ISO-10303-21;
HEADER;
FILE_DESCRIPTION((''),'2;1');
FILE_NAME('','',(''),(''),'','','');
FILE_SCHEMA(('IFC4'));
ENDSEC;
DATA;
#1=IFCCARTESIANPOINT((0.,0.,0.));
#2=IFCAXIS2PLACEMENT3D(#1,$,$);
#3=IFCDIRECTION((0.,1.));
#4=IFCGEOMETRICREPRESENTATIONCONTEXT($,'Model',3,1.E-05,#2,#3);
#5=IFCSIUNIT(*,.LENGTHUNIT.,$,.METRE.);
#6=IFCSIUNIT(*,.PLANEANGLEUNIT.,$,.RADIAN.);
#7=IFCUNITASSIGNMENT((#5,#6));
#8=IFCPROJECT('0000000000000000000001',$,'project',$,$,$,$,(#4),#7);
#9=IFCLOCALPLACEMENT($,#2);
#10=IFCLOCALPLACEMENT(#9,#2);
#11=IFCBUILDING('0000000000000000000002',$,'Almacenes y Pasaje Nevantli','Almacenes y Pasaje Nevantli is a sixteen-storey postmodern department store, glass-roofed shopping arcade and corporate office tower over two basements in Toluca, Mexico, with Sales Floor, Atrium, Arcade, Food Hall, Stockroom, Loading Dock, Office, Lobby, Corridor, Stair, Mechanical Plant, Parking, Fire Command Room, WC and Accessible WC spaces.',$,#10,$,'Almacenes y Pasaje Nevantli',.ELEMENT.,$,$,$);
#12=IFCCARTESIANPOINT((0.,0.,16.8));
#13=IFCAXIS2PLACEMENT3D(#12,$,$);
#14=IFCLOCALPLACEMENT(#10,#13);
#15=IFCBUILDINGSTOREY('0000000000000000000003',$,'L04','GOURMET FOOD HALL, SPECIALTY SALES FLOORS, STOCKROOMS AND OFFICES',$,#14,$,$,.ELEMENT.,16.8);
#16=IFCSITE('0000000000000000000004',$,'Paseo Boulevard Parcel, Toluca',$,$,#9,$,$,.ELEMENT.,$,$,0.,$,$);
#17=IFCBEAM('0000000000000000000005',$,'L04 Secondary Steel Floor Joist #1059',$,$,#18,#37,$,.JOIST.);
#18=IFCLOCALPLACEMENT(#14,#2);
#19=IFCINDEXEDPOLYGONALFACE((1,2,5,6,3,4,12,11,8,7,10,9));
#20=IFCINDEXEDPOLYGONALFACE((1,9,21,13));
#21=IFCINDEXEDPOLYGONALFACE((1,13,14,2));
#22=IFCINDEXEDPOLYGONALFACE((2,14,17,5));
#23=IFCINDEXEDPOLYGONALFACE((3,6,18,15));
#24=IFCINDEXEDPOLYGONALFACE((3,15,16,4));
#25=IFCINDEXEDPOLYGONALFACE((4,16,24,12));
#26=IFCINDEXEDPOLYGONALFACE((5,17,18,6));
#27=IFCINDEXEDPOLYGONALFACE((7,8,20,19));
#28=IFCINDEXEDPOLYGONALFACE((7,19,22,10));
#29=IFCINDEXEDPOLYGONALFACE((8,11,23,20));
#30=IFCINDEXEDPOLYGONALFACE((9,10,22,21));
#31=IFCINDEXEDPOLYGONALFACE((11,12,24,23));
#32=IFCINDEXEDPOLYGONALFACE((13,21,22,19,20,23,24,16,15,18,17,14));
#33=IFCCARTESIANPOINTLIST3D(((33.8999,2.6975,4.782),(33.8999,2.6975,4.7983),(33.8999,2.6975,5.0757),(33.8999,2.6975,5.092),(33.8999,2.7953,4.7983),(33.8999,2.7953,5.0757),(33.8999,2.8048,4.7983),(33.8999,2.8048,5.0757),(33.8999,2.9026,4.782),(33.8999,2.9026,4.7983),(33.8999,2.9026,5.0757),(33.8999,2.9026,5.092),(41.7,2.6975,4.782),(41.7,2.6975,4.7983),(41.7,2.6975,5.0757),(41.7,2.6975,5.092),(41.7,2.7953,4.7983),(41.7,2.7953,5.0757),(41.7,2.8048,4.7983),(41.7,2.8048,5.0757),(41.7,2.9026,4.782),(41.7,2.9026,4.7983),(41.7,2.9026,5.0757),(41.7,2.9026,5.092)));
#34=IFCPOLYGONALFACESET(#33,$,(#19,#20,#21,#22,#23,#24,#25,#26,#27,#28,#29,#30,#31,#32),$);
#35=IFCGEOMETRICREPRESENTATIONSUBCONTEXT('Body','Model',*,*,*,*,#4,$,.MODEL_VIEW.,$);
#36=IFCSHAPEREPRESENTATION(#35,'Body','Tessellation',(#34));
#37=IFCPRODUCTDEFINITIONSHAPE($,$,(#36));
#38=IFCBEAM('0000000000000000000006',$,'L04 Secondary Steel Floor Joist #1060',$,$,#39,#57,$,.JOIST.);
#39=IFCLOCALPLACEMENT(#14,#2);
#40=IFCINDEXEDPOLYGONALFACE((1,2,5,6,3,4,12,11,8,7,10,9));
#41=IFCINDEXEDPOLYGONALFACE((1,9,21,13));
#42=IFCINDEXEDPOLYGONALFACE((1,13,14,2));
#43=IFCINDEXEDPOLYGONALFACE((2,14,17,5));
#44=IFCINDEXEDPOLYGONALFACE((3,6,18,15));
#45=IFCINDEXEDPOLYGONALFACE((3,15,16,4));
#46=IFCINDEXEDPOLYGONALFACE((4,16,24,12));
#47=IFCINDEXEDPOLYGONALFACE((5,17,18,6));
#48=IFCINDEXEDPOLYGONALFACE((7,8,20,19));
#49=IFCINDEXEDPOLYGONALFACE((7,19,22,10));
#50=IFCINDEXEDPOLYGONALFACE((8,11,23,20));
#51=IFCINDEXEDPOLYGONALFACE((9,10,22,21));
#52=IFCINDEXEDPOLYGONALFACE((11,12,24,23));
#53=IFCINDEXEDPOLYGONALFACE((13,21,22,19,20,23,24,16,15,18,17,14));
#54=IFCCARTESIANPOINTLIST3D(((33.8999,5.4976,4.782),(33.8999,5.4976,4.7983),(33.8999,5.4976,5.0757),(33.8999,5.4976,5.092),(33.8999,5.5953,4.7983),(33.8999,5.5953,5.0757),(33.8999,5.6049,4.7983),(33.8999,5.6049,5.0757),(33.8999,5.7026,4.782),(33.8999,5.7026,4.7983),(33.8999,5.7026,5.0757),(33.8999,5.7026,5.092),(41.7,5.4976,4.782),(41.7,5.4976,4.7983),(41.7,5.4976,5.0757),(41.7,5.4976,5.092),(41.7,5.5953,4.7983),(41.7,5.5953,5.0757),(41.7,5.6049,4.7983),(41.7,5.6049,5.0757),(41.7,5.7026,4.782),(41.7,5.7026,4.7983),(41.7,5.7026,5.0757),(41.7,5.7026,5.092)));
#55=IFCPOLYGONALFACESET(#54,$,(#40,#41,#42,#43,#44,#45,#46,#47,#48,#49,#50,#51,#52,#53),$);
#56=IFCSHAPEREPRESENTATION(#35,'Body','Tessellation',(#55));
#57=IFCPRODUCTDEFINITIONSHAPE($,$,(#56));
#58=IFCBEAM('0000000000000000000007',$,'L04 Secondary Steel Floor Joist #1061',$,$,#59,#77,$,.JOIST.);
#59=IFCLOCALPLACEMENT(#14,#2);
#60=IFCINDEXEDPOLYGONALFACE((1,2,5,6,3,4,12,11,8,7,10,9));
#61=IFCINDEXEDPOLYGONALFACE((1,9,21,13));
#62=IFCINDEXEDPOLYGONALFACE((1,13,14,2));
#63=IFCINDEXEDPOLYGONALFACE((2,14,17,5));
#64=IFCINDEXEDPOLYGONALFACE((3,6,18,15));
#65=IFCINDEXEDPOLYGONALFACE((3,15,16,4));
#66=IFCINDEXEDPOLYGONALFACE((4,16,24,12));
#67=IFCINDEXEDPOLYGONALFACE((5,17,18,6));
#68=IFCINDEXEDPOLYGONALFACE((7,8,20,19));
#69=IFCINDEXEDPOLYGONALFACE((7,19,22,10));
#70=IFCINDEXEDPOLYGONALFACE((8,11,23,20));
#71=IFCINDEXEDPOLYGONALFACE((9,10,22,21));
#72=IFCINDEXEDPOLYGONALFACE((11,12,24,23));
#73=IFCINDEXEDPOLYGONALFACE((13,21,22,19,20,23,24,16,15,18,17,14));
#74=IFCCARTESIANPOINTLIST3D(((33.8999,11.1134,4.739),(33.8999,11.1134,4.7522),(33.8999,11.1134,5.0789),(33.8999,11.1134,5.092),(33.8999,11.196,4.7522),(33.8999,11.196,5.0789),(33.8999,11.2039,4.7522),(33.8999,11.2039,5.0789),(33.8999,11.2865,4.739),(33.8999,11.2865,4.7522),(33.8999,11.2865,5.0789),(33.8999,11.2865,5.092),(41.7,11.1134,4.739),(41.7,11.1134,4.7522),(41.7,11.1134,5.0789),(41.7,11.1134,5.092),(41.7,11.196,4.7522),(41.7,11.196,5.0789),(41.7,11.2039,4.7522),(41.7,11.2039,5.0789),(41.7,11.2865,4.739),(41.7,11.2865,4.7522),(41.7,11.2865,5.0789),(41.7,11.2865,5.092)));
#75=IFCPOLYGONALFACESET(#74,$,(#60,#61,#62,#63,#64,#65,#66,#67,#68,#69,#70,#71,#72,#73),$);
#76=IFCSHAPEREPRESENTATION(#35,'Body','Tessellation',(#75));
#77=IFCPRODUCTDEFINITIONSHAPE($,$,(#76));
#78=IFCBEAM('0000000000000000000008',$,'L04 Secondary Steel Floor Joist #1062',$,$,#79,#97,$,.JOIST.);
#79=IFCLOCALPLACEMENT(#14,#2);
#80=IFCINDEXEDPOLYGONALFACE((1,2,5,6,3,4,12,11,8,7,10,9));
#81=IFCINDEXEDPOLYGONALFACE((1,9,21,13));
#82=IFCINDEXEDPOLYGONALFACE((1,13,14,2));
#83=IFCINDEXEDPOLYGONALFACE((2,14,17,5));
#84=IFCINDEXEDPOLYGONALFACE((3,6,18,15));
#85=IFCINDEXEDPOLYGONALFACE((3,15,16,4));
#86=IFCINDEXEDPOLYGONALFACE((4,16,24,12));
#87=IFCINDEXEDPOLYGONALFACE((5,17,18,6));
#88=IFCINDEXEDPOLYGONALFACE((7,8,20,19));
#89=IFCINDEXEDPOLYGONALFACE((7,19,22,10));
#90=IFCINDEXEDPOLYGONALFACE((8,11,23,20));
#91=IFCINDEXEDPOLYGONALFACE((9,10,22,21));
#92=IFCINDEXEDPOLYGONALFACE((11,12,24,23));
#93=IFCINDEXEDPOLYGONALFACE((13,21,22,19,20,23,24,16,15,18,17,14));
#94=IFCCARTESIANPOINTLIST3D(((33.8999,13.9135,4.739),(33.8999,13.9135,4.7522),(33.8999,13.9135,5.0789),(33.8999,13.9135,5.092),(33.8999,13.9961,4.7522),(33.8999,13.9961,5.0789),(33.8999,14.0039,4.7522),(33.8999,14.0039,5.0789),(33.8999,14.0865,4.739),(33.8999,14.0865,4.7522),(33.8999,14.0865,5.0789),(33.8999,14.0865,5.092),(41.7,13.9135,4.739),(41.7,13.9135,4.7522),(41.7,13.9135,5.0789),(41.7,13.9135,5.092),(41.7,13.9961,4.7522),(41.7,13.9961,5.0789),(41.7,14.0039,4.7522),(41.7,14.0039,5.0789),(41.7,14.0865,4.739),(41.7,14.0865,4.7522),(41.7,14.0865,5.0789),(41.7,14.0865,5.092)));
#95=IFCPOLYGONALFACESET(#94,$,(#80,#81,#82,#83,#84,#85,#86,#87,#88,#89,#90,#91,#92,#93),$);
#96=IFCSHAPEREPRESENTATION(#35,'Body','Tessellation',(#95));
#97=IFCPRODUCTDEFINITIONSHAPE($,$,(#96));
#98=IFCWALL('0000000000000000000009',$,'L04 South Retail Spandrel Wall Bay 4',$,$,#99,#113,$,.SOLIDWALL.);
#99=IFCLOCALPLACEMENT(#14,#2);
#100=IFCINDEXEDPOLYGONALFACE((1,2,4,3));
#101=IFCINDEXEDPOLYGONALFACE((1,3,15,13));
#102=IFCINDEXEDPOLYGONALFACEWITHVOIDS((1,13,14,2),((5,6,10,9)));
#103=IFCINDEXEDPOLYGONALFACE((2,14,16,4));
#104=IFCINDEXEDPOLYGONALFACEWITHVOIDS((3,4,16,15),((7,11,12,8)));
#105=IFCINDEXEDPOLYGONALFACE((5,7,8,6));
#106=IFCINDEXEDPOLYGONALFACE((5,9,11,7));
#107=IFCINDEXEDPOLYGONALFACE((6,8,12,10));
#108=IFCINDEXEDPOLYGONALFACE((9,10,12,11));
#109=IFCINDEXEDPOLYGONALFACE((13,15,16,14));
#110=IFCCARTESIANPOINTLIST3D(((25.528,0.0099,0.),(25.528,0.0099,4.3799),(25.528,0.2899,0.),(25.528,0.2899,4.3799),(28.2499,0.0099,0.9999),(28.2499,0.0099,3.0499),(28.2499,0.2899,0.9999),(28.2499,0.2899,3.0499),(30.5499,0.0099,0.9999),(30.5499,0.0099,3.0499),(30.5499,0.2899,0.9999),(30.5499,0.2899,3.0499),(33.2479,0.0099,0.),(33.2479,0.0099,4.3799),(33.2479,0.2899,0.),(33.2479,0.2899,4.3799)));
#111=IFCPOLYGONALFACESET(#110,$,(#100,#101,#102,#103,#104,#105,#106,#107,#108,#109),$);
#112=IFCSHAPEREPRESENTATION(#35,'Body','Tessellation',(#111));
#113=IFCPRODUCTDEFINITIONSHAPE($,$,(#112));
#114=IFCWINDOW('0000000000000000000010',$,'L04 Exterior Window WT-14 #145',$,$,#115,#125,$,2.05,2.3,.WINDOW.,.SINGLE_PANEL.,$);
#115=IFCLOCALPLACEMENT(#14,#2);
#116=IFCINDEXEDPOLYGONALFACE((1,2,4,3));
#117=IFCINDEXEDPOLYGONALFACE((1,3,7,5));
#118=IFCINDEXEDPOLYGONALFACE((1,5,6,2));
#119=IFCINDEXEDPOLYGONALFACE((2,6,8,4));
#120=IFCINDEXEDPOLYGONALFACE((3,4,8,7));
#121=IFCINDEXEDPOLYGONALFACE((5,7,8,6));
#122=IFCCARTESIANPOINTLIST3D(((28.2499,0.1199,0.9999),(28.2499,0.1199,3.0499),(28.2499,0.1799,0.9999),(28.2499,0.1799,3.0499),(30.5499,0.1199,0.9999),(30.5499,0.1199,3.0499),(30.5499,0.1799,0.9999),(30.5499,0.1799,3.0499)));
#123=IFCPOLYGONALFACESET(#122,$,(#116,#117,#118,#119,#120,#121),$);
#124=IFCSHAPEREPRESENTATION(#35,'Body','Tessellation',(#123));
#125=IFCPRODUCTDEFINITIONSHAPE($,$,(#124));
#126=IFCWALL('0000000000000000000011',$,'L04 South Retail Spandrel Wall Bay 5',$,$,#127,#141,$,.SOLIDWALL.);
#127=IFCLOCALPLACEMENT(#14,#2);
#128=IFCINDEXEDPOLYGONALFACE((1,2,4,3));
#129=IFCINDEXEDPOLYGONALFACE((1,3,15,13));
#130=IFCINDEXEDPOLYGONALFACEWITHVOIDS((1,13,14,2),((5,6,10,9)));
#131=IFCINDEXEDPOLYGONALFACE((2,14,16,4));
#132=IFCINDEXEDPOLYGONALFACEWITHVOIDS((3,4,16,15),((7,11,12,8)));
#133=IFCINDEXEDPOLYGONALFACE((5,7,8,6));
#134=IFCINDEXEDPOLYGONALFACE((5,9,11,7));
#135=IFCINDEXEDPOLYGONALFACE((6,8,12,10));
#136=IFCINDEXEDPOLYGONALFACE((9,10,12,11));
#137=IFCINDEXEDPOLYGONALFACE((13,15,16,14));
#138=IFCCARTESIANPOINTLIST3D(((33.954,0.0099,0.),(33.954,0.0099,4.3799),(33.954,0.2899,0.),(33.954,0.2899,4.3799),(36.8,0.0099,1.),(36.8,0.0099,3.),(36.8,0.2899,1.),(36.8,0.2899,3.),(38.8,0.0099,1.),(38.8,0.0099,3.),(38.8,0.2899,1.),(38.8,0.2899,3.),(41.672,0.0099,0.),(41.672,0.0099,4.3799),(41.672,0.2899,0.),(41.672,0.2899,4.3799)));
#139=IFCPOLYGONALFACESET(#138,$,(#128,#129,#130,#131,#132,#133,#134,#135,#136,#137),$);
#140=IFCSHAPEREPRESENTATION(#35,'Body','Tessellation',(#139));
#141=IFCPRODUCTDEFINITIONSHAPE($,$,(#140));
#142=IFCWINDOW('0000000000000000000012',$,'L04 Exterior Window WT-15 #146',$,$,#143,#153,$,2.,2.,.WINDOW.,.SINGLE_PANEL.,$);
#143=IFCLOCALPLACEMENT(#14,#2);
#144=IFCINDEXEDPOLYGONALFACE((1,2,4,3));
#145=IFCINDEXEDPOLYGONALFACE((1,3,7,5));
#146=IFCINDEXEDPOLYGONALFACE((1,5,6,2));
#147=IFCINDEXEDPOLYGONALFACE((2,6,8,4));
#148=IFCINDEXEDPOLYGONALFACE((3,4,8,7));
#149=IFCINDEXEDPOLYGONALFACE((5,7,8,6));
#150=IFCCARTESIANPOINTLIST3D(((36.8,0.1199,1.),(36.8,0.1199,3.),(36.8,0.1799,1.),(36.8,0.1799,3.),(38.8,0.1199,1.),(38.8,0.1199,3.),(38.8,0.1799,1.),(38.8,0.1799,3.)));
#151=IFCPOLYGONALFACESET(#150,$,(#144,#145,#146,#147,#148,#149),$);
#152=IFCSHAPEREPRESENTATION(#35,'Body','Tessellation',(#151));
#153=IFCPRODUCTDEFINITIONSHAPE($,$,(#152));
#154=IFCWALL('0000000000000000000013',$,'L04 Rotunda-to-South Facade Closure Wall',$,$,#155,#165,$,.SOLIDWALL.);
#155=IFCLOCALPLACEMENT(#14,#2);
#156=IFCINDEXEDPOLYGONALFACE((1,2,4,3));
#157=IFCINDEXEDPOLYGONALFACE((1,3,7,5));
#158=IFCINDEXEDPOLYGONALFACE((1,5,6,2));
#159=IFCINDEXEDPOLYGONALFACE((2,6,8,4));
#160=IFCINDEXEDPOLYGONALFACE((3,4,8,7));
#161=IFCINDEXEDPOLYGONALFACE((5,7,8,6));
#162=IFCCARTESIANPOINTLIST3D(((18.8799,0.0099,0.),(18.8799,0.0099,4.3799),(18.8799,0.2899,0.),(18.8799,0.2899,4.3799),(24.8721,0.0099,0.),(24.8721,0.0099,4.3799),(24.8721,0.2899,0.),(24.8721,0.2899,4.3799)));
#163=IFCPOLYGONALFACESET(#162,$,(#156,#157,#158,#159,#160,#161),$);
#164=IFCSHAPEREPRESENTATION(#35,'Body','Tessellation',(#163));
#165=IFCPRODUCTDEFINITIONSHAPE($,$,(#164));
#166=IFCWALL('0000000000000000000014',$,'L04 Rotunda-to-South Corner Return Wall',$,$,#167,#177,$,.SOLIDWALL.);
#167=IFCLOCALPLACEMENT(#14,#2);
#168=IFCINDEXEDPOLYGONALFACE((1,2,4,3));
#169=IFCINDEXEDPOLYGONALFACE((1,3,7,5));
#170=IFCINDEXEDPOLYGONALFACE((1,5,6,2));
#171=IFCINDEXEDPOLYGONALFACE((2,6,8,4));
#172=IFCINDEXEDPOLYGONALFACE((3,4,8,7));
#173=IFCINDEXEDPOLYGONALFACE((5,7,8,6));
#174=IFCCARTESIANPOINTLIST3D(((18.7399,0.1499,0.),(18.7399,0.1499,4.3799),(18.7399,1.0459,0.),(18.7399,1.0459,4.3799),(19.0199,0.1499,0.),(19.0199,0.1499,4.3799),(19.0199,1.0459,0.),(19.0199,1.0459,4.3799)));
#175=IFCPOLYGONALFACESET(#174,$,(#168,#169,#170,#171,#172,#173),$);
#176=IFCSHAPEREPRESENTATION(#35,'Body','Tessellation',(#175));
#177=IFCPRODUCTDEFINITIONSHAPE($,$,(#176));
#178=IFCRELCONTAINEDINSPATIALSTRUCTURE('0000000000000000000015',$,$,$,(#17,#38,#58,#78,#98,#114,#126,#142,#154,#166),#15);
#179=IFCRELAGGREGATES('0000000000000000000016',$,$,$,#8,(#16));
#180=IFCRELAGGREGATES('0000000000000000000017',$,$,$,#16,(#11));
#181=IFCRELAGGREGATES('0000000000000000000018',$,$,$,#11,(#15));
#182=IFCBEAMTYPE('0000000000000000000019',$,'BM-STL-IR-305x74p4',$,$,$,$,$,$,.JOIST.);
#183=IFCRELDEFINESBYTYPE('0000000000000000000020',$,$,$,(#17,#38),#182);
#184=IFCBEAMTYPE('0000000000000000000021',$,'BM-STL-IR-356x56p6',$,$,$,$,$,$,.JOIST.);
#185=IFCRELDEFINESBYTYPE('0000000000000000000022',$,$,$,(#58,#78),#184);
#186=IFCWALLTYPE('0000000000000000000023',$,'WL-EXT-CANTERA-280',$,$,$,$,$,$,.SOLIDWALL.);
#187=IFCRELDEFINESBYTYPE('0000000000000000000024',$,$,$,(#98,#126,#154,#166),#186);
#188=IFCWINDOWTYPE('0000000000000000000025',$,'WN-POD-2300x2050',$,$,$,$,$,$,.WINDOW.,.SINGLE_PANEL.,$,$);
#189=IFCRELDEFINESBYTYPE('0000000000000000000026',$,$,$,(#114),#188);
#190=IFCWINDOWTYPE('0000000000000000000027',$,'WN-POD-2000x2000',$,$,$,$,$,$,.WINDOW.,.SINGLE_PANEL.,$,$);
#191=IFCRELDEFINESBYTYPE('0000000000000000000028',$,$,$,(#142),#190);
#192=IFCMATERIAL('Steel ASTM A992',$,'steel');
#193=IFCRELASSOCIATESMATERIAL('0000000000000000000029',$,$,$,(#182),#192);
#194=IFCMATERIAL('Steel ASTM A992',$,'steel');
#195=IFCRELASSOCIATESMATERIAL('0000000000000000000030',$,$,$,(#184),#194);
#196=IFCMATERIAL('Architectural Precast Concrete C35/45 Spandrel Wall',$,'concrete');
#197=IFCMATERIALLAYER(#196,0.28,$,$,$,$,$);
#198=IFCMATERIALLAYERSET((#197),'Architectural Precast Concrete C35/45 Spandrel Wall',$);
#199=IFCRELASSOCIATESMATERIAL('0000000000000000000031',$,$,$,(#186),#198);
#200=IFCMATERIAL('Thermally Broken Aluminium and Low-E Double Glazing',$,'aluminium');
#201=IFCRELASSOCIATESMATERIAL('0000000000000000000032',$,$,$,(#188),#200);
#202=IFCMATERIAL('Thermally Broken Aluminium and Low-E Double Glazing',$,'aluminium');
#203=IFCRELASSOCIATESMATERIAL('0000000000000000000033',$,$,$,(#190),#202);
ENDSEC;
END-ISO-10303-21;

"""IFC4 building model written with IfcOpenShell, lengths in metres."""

from ifc_helpers import new_model, si_unit, direction, frame, frame_2d, origin, origin_2d, place, context, subcontext, project, spatial, rectangle, i_section, extrude, material, layer, layer_set, material_profile, profile_set, type_object, element, fill, save


model = new_model("IFC4")

# Units and contexts
model_context = context("Model", 3, precision=1e-05, world=origin(), true_north=direction((0.0, 1.0)))
body_context = subcontext(model_context, "Body", "Model", "MODEL_VIEW")
ifc_project = project(units=[si_unit("LENGTHUNIT", "METRE"), si_unit("PLANEANGLEUNIT", "RADIAN")], contexts=[model_context])

# Site, building, storey
site_placement = place(None, origin())
site = spatial("IfcSite", under=ifc_project, at=site_placement, Name="Paseo Boulevard Parcel, Toluca", CompositionType="ELEMENT", RefElevation=0.0)
building_placement = place(site_placement, origin())
building = spatial("IfcBuilding", under=site, at=building_placement, Name="Almacenes y Pasaje Nevantli", Description="Almacenes y Pasaje Nevantli is a sixteen-storey postmodern department store, glass-roofed shopping arcade and corporate office tower over two basements in Toluca, Mexico, with Sales Floor, Atrium, Arcade, Food Hall, Stockroom, Loading Dock, Office, Lobby, Corridor, Stair, Mechanical Plant, Parking, Fire Command Room, WC and Accessible WC spaces.", LongName="Almacenes y Pasaje Nevantli", CompositionType="ELEMENT")
storey_placement = place(building_placement, frame((0.0, 0.0, 16.8)))
storey = spatial("IfcBuildingStorey", under=building, at=storey_placement, Name="L04", Description="GOURMET FOOD HALL, SPECIALTY SALES FLOORS, STOCKROOMS AND OFFICES", CompositionType="ELEMENT", Elevation=16.8)

# Beams
ifc_material_1 = material(Name="Steel ASTM A992", Category="steel")
ifc_material_profile_1 = material_profile(ifc_material_1, i_section(OverallWidth=0.2051, OverallDepth=0.3101, WebThickness=0.0095, FlangeThickness=0.0164, at=origin_2d()), Name="IR 305x74.4")
ifc_profile_set_1 = profile_set([ifc_material_profile_1], Name="Steel ASTM A992")
beam_type_1 = type_object("IfcBeamType", Name="BM-STL-IR-305x74p4", PredefinedType="JOIST", material=ifc_profile_set_1)
for number, where, z_axis, x_axis, name in (
    (1, (33.8999, 2.8, 4.937), (1.0, 0.0, 0.0), (0.0, 1.0, 0.0), "L04 Secondary Steel Floor Joist #1059"),
    (2, (33.8999, 5.6001, 4.937), (1.0, 0.0, 0.0), (0.0, 1.0, 0.0), "L04 Secondary Steel Floor Joist #1060"),
):
    element("IfcBeam", number, at=place(storey_placement, frame(where, z_axis=z_axis, x_axis=x_axis)), inside=storey, type_object=beam_type_1, Name=name, PredefinedType="JOIST", context=body_context, shape_type="SweptSolid", body=[
        extrude(i_section(OverallWidth=0.2051, OverallDepth=0.3101, WebThickness=0.0095, FlangeThickness=0.0164, at=origin_2d()), origin(), (0.0, 0.0, 1.0), 7.8),
    ])
ifc_material_2 = material(Name="Steel ASTM A992", Category="steel")
ifc_material_profile_2 = material_profile(ifc_material_2, i_section(OverallWidth=0.1731, OverallDepth=0.353, WebThickness=0.0078, FlangeThickness=0.0132, at=origin_2d()), Name="IR 356x56.6")
ifc_profile_set_2 = profile_set([ifc_material_profile_2], Name="Steel ASTM A992")
beam_type_2 = type_object("IfcBeamType", Name="BM-STL-IR-356x56p6", PredefinedType="JOIST", material=ifc_profile_set_2)
for number, where, z_axis, x_axis, name in (
    (3, (33.8999, 11.2, 4.9155), (1.0, 0.0, 0.0), (0.0, 1.0, 0.0), "L04 Secondary Steel Floor Joist #1061"),
    (4, (33.8999, 14.0, 4.9155), (1.0, 0.0, 0.0), (0.0, 1.0, 0.0), "L04 Secondary Steel Floor Joist #1062"),
):
    element("IfcBeam", number, at=place(storey_placement, frame(where, z_axis=z_axis, x_axis=x_axis)), inside=storey, type_object=beam_type_2, Name=name, PredefinedType="JOIST", context=body_context, shape_type="SweptSolid", body=[
        extrude(i_section(OverallWidth=0.1731, OverallDepth=0.353, WebThickness=0.0078, FlangeThickness=0.0132, at=origin_2d()), origin(), (0.0, 0.0, 1.0), 7.8),
    ])

# Walls, openings, windows
ifc_material_3 = material(Name="Architectural Precast Concrete C35/45 Spandrel Wall", Category="concrete")
ifc_layer = layer(ifc_material_3, 0.28)
ifc_layer_set = layer_set([ifc_layer], Name="Architectural Precast Concrete C35/45 Spandrel Wall")
wall_type = type_object("IfcWallType", Name="WL-EXT-CANTERA-280", PredefinedType="SOLIDWALL", material=ifc_layer_set)
wall_1_placement = place(storey_placement, frame((25.5281, 0.1499, 0.0), z_axis=(0.0, 0.0, 1.0), x_axis=(1.0, 0.0, 0.0)))
wall_1 = element("IfcWall", 5, at=wall_1_placement, inside=storey, type_object=wall_type, Name="L04 South Retail Spandrel Wall Bay 4", PredefinedType="SOLIDWALL", context=body_context, shape_type="SweptSolid", body=[
    extrude(rectangle(XDim=7.72, YDim=0.28, at=frame_2d((3.8599, 0.0))), origin(), (0.0, 0.0, 1.0), 4.3799),
])
opening_1_placement = place(wall_1_placement, frame((2.7219, 0.0, 1.0)))
opening_1 = element("IfcOpeningElement", 6, at=opening_1_placement, cuts=wall_1, PredefinedType="OPENING", context=body_context, shape_type="SweptSolid", body=[
    extrude(rectangle(XDim=2.3, YDim=2.05, at=frame_2d((1.1499, 1.0249))), frame((0.0, 0.1499, 0.0), z_axis=(0.0, -1.0, 0.0), x_axis=(1.0, 0.0, 0.0)), (0.0, 0.0, 1.0), 0.3),
])
ifc_material_4 = material(Name="Thermally Broken Aluminium and Low-E Double Glazing", Category="aluminium")
window_type_1 = type_object("IfcWindowType", Name="WN-POD-2300x2050", PartitioningType="SINGLE_PANEL", PredefinedType="WINDOW", material=ifc_material_4)
window_1_placement = place(opening_1_placement, origin())
window_1 = element("IfcWindow", 7, at=window_1_placement, inside=storey, type_object=window_type_1, Name="L04 Exterior Window WT-14 #145", OverallHeight=2.05, OverallWidth=2.3, PartitioningType="SINGLE_PANEL", PredefinedType="WINDOW", context=body_context, shape_type="SweptSolid", body=[
    extrude(rectangle(XDim=2.3, YDim=2.05, at=frame_2d((1.1499, 1.0249))), frame((0.0, 0.03, 0.0), z_axis=(0.0, -1.0, 0.0), x_axis=(1.0, 0.0, 0.0)), (0.0, 0.0, 1.0), 0.0601),
])
fill(opening_1, window_1)
wall_2_placement = place(storey_placement, frame((33.9541, 0.1499, 0.0), z_axis=(0.0, 0.0, 1.0), x_axis=(1.0, 0.0, 0.0)))
wall_2 = element("IfcWall", 8, at=wall_2_placement, inside=storey, type_object=wall_type, Name="L04 South Retail Spandrel Wall Bay 5", PredefinedType="SOLIDWALL", context=body_context, shape_type="SweptSolid", body=[
    extrude(rectangle(XDim=7.718, YDim=0.28, at=frame_2d((3.8589, 0.0))), origin(), (0.0, 0.0, 1.0), 4.3799),
])
opening_2_placement = place(wall_2_placement, frame((2.8459, 0.0, 1.0)))
opening_2 = element("IfcOpeningElement", 9, at=opening_2_placement, cuts=wall_2, PredefinedType="OPENING", context=body_context, shape_type="SweptSolid", body=[
    extrude(rectangle(XDim=2.0, YDim=2.0, at=frame_2d((1.0, 1.0))), frame((0.0, 0.1499, 0.0), z_axis=(0.0, -1.0, 0.0), x_axis=(1.0, 0.0, 0.0)), (0.0, 0.0, 1.0), 0.3),
])
ifc_material_5 = material(Name="Thermally Broken Aluminium and Low-E Double Glazing", Category="aluminium")
window_type_2 = type_object("IfcWindowType", Name="WN-POD-2000x2000", PartitioningType="SINGLE_PANEL", PredefinedType="WINDOW", material=ifc_material_5)
window_2_placement = place(opening_2_placement, origin())
window_2 = element("IfcWindow", 10, at=window_2_placement, inside=storey, type_object=window_type_2, Name="L04 Exterior Window WT-15 #146", OverallHeight=2.0, OverallWidth=2.0, PartitioningType="SINGLE_PANEL", PredefinedType="WINDOW", context=body_context, shape_type="SweptSolid", body=[
    extrude(rectangle(XDim=2.0, YDim=2.0, at=frame_2d((1.0, 1.0))), frame((0.0, 0.03, 0.0), z_axis=(0.0, -1.0, 0.0), x_axis=(1.0, 0.0, 0.0)), (0.0, 0.0, 1.0), 0.0601),
])
fill(opening_2, window_2)

# Walls
wall_3_placement = place(storey_placement, frame((18.8799, 0.1499, 0.0), z_axis=(0.0, 0.0, 1.0), x_axis=(1.0, 0.0, 0.0)))
element("IfcWall", 11, at=wall_3_placement, inside=storey, type_object=wall_type, Name="L04 Rotunda-to-South Facade Closure Wall", PredefinedType="SOLIDWALL", context=body_context, shape_type="SweptSolid", body=[
    extrude(rectangle(XDim=5.9922, YDim=0.28, at=frame_2d((2.9961, 0.0))), origin(), (0.0, 0.0, 1.0), 4.3799),
])
wall_4_placement = place(storey_placement, frame((18.8799, 0.1499, 0.0), z_axis=(0.0, 0.0, 1.0), x_axis=(0.0, 1.0, 0.0)))
element("IfcWall", 12, at=wall_4_placement, inside=storey, type_object=wall_type, Name="L04 Rotunda-to-South Corner Return Wall", PredefinedType="SOLIDWALL", context=body_context, shape_type="SweptSolid", body=[
    extrude(rectangle(XDim=0.896, YDim=0.28, at=frame_2d((0.448, 0.0))), origin(), (0.0, 0.0, 1.0), 4.3799),
])

save(model, "model.ifc")
